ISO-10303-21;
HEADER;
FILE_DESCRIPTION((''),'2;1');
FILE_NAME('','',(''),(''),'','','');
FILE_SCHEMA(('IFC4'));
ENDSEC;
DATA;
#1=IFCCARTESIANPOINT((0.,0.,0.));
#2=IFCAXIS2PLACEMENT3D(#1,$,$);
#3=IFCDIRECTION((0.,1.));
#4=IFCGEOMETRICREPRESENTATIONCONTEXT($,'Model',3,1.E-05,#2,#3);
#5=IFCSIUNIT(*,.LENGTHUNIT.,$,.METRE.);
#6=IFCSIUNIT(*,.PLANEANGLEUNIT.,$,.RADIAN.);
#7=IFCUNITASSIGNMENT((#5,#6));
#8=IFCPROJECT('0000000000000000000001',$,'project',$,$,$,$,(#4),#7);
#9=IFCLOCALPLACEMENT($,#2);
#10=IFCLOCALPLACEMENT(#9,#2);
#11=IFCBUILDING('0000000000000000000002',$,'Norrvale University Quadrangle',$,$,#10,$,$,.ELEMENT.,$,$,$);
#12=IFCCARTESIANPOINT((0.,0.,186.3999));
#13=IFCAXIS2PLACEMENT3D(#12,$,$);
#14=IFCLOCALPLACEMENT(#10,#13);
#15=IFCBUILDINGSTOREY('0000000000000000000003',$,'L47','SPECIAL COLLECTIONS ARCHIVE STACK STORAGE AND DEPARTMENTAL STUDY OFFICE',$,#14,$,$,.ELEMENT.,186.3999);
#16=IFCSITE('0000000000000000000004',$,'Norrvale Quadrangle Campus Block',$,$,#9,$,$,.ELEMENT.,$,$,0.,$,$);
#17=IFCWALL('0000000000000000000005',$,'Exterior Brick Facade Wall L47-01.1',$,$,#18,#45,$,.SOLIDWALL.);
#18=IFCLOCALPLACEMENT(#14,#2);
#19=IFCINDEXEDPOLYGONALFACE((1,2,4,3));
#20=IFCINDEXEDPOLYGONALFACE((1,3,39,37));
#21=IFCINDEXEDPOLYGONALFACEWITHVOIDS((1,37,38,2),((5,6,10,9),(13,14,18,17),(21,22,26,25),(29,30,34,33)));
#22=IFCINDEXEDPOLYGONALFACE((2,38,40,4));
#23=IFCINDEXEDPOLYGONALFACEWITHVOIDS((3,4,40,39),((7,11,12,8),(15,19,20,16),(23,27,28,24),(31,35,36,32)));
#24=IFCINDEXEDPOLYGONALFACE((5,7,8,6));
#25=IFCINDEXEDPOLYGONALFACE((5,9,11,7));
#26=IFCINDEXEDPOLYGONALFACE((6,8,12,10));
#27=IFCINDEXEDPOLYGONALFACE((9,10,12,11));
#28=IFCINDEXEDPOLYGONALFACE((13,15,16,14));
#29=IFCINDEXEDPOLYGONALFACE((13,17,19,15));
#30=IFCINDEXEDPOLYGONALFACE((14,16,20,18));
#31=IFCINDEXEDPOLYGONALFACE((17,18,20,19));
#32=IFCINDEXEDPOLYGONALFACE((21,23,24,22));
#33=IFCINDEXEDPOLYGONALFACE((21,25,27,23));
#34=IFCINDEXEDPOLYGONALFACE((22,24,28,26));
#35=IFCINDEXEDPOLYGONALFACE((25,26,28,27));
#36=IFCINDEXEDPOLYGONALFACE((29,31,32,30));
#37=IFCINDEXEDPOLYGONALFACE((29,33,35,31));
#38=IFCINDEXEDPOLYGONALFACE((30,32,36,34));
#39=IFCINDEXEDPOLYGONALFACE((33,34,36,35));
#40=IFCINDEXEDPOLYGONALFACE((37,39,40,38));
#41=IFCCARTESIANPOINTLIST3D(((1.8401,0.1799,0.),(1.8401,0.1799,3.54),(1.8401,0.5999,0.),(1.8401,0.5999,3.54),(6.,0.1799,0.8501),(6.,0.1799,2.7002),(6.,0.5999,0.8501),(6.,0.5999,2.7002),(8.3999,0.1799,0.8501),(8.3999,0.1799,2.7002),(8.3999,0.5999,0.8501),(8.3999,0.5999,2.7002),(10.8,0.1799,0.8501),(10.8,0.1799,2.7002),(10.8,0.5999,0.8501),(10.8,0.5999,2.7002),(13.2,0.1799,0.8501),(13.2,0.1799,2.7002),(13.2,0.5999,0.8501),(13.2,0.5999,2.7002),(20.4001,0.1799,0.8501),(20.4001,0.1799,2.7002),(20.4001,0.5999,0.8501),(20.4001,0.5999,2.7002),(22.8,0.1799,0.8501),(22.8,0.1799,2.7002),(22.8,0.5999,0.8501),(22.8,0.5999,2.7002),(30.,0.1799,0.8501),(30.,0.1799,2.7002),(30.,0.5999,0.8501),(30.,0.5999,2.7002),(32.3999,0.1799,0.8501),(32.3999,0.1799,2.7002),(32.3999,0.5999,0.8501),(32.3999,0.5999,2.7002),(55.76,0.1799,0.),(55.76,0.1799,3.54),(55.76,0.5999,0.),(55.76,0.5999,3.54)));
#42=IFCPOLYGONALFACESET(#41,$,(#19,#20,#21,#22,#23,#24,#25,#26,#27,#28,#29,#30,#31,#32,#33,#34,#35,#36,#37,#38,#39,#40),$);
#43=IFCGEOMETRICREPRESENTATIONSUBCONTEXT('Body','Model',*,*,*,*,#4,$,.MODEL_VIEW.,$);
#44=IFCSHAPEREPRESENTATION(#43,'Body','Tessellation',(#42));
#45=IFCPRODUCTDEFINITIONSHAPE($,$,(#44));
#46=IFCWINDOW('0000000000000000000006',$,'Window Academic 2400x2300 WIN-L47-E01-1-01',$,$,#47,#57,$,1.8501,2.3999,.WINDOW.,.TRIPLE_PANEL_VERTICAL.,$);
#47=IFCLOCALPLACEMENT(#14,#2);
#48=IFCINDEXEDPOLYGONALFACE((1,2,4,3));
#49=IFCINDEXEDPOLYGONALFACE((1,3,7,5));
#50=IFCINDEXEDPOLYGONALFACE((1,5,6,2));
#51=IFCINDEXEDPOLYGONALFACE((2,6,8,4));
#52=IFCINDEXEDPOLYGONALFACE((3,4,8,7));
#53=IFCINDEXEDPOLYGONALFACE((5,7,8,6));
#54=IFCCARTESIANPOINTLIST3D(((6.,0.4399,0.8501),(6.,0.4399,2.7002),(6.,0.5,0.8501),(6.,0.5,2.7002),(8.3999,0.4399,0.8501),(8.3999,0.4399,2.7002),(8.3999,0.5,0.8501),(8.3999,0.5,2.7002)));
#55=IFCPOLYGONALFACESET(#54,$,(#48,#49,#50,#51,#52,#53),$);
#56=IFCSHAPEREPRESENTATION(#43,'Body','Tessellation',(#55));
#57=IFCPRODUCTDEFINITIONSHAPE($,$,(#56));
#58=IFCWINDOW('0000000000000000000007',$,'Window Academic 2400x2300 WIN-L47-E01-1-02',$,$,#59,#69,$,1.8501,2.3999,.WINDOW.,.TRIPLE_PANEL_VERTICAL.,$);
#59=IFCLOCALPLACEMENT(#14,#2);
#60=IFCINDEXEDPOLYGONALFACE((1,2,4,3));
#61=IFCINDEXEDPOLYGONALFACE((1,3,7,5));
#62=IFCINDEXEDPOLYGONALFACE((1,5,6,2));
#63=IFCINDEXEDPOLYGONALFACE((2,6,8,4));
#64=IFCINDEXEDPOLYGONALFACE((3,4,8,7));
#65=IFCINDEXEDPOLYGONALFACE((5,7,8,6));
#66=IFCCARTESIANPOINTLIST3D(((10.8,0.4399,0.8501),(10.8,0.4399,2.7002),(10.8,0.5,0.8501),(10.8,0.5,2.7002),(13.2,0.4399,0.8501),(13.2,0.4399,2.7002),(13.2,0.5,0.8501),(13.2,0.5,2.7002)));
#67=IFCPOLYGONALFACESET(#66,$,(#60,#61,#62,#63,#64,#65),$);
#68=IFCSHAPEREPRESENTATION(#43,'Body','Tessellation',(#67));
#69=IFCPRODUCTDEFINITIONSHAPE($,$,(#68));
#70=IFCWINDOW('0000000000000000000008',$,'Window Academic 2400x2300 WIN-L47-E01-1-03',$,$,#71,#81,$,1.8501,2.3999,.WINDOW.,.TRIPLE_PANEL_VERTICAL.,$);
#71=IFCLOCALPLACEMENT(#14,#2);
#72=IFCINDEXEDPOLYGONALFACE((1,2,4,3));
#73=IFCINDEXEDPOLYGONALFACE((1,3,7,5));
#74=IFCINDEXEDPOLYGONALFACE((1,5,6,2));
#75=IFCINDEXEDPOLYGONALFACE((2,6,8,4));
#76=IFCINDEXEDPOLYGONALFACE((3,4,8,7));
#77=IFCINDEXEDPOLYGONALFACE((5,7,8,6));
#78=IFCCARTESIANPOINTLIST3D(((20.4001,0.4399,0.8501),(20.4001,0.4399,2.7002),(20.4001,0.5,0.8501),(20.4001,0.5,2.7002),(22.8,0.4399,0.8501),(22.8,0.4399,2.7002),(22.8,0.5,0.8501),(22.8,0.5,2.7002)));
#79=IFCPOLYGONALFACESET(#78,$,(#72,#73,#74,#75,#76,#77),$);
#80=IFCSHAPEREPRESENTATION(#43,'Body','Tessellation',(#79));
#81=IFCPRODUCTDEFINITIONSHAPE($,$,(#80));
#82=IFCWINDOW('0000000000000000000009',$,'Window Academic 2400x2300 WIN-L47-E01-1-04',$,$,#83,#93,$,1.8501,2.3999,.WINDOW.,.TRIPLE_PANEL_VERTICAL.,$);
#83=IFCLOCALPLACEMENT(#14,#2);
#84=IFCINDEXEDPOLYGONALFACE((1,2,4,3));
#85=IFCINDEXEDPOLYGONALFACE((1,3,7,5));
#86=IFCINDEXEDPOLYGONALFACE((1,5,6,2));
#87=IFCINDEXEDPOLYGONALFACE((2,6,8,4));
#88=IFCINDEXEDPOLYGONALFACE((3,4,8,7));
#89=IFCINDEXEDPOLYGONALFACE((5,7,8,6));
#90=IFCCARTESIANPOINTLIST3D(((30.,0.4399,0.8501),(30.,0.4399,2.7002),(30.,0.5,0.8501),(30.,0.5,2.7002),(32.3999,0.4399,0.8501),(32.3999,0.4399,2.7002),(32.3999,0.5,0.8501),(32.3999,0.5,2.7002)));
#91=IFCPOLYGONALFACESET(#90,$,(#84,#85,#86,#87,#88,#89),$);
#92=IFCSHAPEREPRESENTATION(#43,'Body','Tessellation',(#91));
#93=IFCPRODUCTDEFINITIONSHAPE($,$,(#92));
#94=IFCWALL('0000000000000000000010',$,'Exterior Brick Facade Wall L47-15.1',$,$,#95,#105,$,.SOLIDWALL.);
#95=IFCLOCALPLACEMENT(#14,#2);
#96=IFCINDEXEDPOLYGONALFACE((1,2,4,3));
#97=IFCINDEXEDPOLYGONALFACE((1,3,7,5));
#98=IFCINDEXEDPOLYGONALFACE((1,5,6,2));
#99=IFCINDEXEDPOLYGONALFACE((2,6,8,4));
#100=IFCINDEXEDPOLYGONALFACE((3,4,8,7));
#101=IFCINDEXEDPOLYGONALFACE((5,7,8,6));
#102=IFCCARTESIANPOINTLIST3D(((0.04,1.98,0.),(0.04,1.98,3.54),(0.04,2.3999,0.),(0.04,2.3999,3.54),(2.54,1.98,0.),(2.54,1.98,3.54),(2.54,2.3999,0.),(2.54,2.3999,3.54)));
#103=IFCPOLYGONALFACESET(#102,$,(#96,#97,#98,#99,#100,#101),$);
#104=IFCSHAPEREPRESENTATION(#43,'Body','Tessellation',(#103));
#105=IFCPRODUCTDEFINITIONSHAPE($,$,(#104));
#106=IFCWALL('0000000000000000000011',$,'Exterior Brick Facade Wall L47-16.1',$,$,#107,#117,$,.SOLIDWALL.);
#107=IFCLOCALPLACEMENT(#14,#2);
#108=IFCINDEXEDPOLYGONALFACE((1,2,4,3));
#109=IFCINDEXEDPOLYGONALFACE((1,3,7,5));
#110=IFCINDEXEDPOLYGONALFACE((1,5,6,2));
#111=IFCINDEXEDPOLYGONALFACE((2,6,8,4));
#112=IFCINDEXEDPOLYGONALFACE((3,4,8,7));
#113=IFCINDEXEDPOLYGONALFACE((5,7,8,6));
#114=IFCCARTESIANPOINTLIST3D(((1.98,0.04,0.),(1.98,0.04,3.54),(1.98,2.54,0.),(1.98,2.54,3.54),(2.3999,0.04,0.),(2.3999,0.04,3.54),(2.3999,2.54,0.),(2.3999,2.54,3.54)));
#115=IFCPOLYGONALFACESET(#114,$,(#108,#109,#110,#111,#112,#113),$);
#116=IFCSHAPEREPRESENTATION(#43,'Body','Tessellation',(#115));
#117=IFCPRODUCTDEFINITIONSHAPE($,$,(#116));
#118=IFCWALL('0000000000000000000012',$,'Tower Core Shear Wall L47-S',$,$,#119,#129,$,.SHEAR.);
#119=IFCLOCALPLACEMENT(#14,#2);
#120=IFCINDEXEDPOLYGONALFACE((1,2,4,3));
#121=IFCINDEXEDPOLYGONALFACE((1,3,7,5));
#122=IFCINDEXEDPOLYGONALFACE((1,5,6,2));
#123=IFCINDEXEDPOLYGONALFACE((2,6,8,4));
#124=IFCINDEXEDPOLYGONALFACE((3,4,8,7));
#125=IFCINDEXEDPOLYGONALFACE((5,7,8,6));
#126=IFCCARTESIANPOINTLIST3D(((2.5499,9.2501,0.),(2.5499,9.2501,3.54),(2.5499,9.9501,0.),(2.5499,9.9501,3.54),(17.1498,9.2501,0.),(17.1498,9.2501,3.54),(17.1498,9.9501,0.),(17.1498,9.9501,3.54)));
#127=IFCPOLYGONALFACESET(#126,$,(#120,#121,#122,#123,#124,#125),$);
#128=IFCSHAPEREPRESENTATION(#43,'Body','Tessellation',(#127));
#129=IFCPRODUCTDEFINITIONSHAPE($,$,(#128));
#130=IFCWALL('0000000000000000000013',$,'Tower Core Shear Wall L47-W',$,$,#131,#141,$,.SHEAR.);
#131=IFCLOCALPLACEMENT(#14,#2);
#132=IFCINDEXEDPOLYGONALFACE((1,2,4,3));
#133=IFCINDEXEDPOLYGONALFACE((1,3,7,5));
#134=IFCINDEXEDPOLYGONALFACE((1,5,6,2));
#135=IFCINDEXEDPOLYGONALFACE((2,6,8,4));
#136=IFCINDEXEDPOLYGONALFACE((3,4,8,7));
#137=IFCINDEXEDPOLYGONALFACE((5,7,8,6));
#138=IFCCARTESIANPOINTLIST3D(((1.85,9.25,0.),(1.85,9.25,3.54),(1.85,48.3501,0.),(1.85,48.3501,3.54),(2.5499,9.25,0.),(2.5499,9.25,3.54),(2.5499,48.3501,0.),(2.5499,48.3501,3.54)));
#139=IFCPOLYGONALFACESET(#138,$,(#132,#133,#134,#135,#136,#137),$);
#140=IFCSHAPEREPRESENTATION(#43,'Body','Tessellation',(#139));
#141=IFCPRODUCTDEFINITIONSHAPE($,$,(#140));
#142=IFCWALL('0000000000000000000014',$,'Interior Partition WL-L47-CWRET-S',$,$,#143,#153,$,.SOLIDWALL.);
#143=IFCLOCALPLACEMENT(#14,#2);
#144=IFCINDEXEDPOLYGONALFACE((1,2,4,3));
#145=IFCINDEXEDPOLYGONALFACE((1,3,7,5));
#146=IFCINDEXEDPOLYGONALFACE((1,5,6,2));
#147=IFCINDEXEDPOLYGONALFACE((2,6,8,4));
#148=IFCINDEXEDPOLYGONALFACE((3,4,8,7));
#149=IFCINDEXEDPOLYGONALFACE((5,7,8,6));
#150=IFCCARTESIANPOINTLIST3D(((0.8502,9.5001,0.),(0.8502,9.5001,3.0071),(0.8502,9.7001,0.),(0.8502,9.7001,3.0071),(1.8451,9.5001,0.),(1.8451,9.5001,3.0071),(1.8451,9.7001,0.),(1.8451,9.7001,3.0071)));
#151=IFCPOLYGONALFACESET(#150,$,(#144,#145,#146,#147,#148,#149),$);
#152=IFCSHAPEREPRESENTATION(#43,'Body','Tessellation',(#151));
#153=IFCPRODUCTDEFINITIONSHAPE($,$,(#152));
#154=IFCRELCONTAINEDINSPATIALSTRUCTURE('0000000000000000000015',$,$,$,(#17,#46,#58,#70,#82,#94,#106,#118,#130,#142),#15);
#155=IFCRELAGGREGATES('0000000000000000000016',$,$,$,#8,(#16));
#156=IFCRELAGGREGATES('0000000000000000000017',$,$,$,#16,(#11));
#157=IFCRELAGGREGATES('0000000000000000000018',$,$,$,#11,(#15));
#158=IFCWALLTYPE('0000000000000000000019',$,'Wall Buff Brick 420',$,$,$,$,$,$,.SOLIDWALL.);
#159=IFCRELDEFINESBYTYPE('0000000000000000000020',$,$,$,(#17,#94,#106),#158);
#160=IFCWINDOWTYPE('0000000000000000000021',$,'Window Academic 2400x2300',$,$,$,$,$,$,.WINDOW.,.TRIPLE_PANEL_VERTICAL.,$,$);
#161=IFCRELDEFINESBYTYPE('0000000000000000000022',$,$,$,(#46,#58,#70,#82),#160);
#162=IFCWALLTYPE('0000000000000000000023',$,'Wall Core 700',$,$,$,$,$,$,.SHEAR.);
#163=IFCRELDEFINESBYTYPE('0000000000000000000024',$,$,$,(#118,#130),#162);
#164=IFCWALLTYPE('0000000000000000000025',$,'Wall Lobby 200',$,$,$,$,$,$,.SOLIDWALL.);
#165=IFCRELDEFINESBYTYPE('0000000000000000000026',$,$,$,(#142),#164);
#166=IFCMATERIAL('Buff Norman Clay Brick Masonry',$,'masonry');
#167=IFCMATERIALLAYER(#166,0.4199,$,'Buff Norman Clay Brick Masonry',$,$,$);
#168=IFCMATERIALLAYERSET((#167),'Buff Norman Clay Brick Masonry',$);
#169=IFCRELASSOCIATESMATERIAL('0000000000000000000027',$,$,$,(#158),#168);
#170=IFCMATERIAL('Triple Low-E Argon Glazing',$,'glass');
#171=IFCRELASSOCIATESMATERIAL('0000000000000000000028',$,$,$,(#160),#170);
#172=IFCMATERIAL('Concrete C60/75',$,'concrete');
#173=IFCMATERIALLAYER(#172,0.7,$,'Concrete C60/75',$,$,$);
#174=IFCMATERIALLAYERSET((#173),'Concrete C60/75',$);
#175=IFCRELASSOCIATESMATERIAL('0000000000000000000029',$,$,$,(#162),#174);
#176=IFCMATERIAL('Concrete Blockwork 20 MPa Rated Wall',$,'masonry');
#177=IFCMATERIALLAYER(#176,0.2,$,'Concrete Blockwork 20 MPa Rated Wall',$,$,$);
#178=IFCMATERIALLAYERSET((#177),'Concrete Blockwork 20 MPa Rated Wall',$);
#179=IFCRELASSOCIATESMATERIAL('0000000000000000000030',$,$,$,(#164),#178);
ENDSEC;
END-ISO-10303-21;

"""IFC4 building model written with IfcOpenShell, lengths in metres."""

from ifc_helpers import new_model, si_unit, direction, frame, frame_2d, origin, place, context, subcontext, project, spatial, rectangle, extrude, material, layer, layer_set, type_object, element, fill, save


model = new_model("IFC4")

# Units and contexts
model_context = context("Model", 3, precision=1e-05, world=origin(), true_north=direction((0.0, 1.0)))
body_context = subcontext(model_context, "Body", "Model", "MODEL_VIEW")
ifc_project = project(units=[si_unit("LENGTHUNIT", "METRE"), si_unit("PLANEANGLEUNIT", "RADIAN")], contexts=[model_context])

# Site, building, storey
site_placement = place(None, origin())
site = spatial("IfcSite", under=ifc_project, at=site_placement, Name="Norrvale Quadrangle Campus Block", CompositionType="ELEMENT", RefElevation=0.0)
building_placement = place(site_placement, origin())
building = spatial("IfcBuilding", under=site, at=building_placement, Name="Norrvale University Quadrangle", CompositionType="ELEMENT")
storey_placement = place(building_placement, frame((0.0, 0.0, 186.3999)))
storey = spatial("IfcBuildingStorey", under=building, at=storey_placement, Name="L47", Description="SPECIAL COLLECTIONS ARCHIVE STACK STORAGE AND DEPARTMENTAL STUDY OFFICE", CompositionType="ELEMENT", Elevation=186.3999)

# Shared definitions
ifc_material_1 = material(Name="Concrete C60/75", Category="concrete")

# Wall, openings, windows
ifc_material_2 = material(Name="Buff Norman Clay Brick Masonry", Category="masonry")
ifc_layer_1 = layer(ifc_material_2, 0.4199, Name="Buff Norman Clay Brick Masonry")
ifc_layer_set_1 = layer_set([ifc_layer_1], Name="Buff Norman Clay Brick Masonry")
wall_type_1 = type_object("IfcWallType", Name="Wall Buff Brick 420", PredefinedType="SOLIDWALL", material=ifc_layer_set_1)
wall_1_placement = place(storey_placement, frame((1.8401, 0.3899, 0.0), z_axis=(0.0, 0.0, 1.0), x_axis=(1.0, 0.0, 0.0)))
wall_1 = element("IfcWall", 1, at=wall_1_placement, inside=storey, type_object=wall_type_1, Name="Exterior Brick Facade Wall L47-01.1", PredefinedType="SOLIDWALL", context=body_context, shape_type="SweptSolid", body=[
    extrude(rectangle(XDim=53.9199, YDim=0.4199, at=frame_2d((26.96, 0.0))), origin(), (0.0, 0.0, 1.0), 3.54),
])
opening_1_placement = place(wall_1_placement, frame((4.1599, 0.0, 0.8501)))
opening_1 = element("IfcOpeningElement", 2, at=opening_1_placement, cuts=wall_1, PredefinedType="OPENING", context=body_context, shape_type="SweptSolid", body=[
    extrude(rectangle(XDim=2.3999, YDim=1.8501, at=frame_2d((1.2, 0.925))), frame((0.0, 0.2219, 0.0), z_axis=(0.0, -1.0, 0.0), x_axis=(1.0, 0.0, 0.0)), (0.0, 0.0, 1.0), 0.4438),
])
opening_2_placement = place(wall_1_placement, frame((8.96, 0.0, 0.8501)))
opening_2 = element("IfcOpeningElement", 3, at=opening_2_placement, cuts=wall_1, PredefinedType="OPENING", context=body_context, shape_type="SweptSolid", body=[
    extrude(rectangle(XDim=2.3999, YDim=1.8501, at=frame_2d((1.2, 0.925))), frame((0.0, 0.2219, 0.0), z_axis=(0.0, -1.0, 0.0), x_axis=(1.0, 0.0, 0.0)), (0.0, 0.0, 1.0), 0.4438),
])
opening_3_placement = place(wall_1_placement, frame((18.5601, 0.0, 0.8501)))
opening_3 = element("IfcOpeningElement", 4, at=opening_3_placement, cuts=wall_1, PredefinedType="OPENING", context=body_context, shape_type="SweptSolid", body=[
    extrude(rectangle(XDim=2.3999, YDim=1.8501, at=frame_2d((1.2, 0.925))), frame((0.0, 0.2219, 0.0), z_axis=(0.0, -1.0, 0.0), x_axis=(1.0, 0.0, 0.0)), (0.0, 0.0, 1.0), 0.4438),
])
opening_4_placement = place(wall_1_placement, frame((28.1599, 0.0, 0.8501)))
opening_4 = element("IfcOpeningElement", 5, at=opening_4_placement, cuts=wall_1, PredefinedType="OPENING", context=body_context, shape_type="SweptSolid", body=[
    extrude(rectangle(XDim=2.3999, YDim=1.8501, at=frame_2d((1.2, 0.925))), frame((0.0, 0.2219, 0.0), z_axis=(0.0, -1.0, 0.0), x_axis=(1.0, 0.0, 0.0)), (0.0, 0.0, 1.0), 0.4438),
])
ifc_material_3 = material(Name="Triple Low-E Argon Glazing", Category="glass")
window_type = type_object("IfcWindowType", Name="Window Academic 2400x2300", PartitioningType="TRIPLE_PANEL_VERTICAL", PredefinedType="WINDOW", material=ifc_material_3)
window_1_placement = place(opening_1_placement, origin())
window_1 = element("IfcWindow", 6, at=window_1_placement, inside=storey, type_object=window_type, Name="Window Academic 2400x2300 WIN-L47-E01-1-01", OverallHeight=1.8501, OverallWidth=2.3999, PartitioningType="TRIPLE_PANEL_VERTICAL", PredefinedType="WINDOW", context=body_context, shape_type="SweptSolid", body=[
    extrude(rectangle(XDim=2.3999, YDim=1.8501, at=frame_2d((1.2, 0.925))), frame((0.0, 0.1101, 0.0), z_axis=(0.0, -1.0, 0.0), x_axis=(1.0, 0.0, 0.0)), (0.0, 0.0, 1.0), 0.0601),
])
fill(opening_1, window_1)
window_2_placement = place(opening_2_placement, origin())
window_2 = element("IfcWindow", 7, at=window_2_placement, inside=storey, type_object=window_type, Name="Window Academic 2400x2300 WIN-L47-E01-1-02", OverallHeight=1.8501, OverallWidth=2.3999, PartitioningType="TRIPLE_PANEL_VERTICAL", PredefinedType="WINDOW", context=body_context, shape_type="SweptSolid", body=[
    extrude(rectangle(XDim=2.3999, YDim=1.8501, at=frame_2d((1.2, 0.925))), frame((0.0, 0.1101, 0.0), z_axis=(0.0, -1.0, 0.0), x_axis=(1.0, 0.0, 0.0)), (0.0, 0.0, 1.0), 0.0601),
])
fill(opening_2, window_2)
window_3_placement = place(opening_3_placement, origin())
window_3 = element("IfcWindow", 8, at=window_3_placement, inside=storey, type_object=window_type, Name="Window Academic 2400x2300 WIN-L47-E01-1-03", OverallHeight=1.8501, OverallWidth=2.3999, PartitioningType="TRIPLE_PANEL_VERTICAL", PredefinedType="WINDOW", context=body_context, shape_type="SweptSolid", body=[
    extrude(rectangle(XDim=2.3999, YDim=1.8501, at=frame_2d((1.2, 0.925))), frame((0.0, 0.1101, 0.0), z_axis=(0.0, -1.0, 0.0), x_axis=(1.0, 0.0, 0.0)), (0.0, 0.0, 1.0), 0.0601),
])
fill(opening_3, window_3)
window_4_placement = place(opening_4_placement, origin())
window_4 = element("IfcWindow", 9, at=window_4_placement, inside=storey, type_object=window_type, Name="Window Academic 2400x2300 WIN-L47-E01-1-04", OverallHeight=1.8501, OverallWidth=2.3999, PartitioningType="TRIPLE_PANEL_VERTICAL", PredefinedType="WINDOW", context=body_context, shape_type="SweptSolid", body=[
    extrude(rectangle(XDim=2.3999, YDim=1.8501, at=frame_2d((1.2, 0.925))), frame((0.0, 0.1101, 0.0), z_axis=(0.0, -1.0, 0.0), x_axis=(1.0, 0.0, 0.0)), (0.0, 0.0, 1.0), 0.0601),
])
fill(opening_4, window_4)

# Walls
for number, where, z_axis, x_axis, name in (
    (10, (0.04, 2.1899, 0.0), (0.0, 0.0, 1.0), (1.0, 0.0, 0.0), "Exterior Brick Facade Wall L47-15.1"),
    (11, (2.1899, 2.54, 0.0), (0.0, 0.0, 1.0), (0.0, -1.0, 0.0), "Exterior Brick Facade Wall L47-16.1"),
):
    element("IfcWall", number, at=place(storey_placement, frame(where, z_axis=z_axis, x_axis=x_axis)), inside=storey, type_object=wall_type_1, Name=name, PredefinedType="SOLIDWALL", context=body_context, shape_type="SweptSolid", body=[
        extrude(rectangle(XDim=2.5, YDim=0.4199, at=frame_2d((1.25, 0.0))), origin(), (0.0, 0.0, 1.0), 3.54),
    ])
ifc_layer_2 = layer(ifc_material_1, 0.7, Name="Concrete C60/75")
ifc_layer_set_2 = layer_set([ifc_layer_2], Name="Concrete C60/75")
wall_type_2 = type_object("IfcWallType", Name="Wall Core 700", PredefinedType="SHEAR", material=ifc_layer_set_2)
wall_2_placement = place(storey_placement, frame((2.55, 9.6001, 0.0), z_axis=(0.0, 0.0, 1.0), x_axis=(1.0, 0.0, 0.0)))
element("IfcWall", 12, at=wall_2_placement, inside=storey, type_object=wall_type_2, Name="Tower Core Shear Wall L47-S", PredefinedType="SHEAR", context=body_context, shape_type="SweptSolid", body=[
    extrude(rectangle(XDim=14.5999, YDim=0.7, at=frame_2d((7.2998, 0.0))), origin(), (0.0, 0.0, 1.0), 3.54),
])
wall_3_placement = place(storey_placement, frame((2.2, 9.25, 0.0), z_axis=(0.0, 0.0, 1.0), x_axis=(0.0, 1.0, 0.0)))
element("IfcWall", 13, at=wall_3_placement, inside=storey, type_object=wall_type_2, Name="Tower Core Shear Wall L47-W", PredefinedType="SHEAR", context=body_context, shape_type="SweptSolid", body=[
    extrude(rectangle(XDim=39.1001, YDim=0.7, at=frame_2d((19.55, 0.0))), origin(), (0.0, 0.0, 1.0), 3.54),
])
ifc_material_4 = material(Name="Concrete Blockwork 20 MPa Rated Wall", Category="masonry")
ifc_layer_3 = layer(ifc_material_4, 0.2, Name="Concrete Blockwork 20 MPa Rated Wall")
ifc_layer_set_3 = layer_set([ifc_layer_3], Name="Concrete Blockwork 20 MPa Rated Wall")
wall_type_3 = type_object("IfcWallType", Name="Wall Lobby 200", PredefinedType="SOLIDWALL", material=ifc_layer_set_3)
wall_4_placement = place(storey_placement, frame((0.8501, 9.6001, 0.0), z_axis=(0.0, 0.0, 1.0), x_axis=(1.0, 0.0, 0.0)))
element("IfcWall", 14, at=wall_4_placement, inside=storey, type_object=wall_type_3, Name="Interior Partition WL-L47-CWRET-S", PredefinedType="SOLIDWALL", context=body_context, shape_type="SweptSolid", body=[
    extrude(rectangle(XDim=0.9949, YDim=0.2, at=frame_2d((0.4976, 0.0))), origin(), (0.0, 0.0, 1.0), 3.0071),
])

save(model, "model.ifc")
